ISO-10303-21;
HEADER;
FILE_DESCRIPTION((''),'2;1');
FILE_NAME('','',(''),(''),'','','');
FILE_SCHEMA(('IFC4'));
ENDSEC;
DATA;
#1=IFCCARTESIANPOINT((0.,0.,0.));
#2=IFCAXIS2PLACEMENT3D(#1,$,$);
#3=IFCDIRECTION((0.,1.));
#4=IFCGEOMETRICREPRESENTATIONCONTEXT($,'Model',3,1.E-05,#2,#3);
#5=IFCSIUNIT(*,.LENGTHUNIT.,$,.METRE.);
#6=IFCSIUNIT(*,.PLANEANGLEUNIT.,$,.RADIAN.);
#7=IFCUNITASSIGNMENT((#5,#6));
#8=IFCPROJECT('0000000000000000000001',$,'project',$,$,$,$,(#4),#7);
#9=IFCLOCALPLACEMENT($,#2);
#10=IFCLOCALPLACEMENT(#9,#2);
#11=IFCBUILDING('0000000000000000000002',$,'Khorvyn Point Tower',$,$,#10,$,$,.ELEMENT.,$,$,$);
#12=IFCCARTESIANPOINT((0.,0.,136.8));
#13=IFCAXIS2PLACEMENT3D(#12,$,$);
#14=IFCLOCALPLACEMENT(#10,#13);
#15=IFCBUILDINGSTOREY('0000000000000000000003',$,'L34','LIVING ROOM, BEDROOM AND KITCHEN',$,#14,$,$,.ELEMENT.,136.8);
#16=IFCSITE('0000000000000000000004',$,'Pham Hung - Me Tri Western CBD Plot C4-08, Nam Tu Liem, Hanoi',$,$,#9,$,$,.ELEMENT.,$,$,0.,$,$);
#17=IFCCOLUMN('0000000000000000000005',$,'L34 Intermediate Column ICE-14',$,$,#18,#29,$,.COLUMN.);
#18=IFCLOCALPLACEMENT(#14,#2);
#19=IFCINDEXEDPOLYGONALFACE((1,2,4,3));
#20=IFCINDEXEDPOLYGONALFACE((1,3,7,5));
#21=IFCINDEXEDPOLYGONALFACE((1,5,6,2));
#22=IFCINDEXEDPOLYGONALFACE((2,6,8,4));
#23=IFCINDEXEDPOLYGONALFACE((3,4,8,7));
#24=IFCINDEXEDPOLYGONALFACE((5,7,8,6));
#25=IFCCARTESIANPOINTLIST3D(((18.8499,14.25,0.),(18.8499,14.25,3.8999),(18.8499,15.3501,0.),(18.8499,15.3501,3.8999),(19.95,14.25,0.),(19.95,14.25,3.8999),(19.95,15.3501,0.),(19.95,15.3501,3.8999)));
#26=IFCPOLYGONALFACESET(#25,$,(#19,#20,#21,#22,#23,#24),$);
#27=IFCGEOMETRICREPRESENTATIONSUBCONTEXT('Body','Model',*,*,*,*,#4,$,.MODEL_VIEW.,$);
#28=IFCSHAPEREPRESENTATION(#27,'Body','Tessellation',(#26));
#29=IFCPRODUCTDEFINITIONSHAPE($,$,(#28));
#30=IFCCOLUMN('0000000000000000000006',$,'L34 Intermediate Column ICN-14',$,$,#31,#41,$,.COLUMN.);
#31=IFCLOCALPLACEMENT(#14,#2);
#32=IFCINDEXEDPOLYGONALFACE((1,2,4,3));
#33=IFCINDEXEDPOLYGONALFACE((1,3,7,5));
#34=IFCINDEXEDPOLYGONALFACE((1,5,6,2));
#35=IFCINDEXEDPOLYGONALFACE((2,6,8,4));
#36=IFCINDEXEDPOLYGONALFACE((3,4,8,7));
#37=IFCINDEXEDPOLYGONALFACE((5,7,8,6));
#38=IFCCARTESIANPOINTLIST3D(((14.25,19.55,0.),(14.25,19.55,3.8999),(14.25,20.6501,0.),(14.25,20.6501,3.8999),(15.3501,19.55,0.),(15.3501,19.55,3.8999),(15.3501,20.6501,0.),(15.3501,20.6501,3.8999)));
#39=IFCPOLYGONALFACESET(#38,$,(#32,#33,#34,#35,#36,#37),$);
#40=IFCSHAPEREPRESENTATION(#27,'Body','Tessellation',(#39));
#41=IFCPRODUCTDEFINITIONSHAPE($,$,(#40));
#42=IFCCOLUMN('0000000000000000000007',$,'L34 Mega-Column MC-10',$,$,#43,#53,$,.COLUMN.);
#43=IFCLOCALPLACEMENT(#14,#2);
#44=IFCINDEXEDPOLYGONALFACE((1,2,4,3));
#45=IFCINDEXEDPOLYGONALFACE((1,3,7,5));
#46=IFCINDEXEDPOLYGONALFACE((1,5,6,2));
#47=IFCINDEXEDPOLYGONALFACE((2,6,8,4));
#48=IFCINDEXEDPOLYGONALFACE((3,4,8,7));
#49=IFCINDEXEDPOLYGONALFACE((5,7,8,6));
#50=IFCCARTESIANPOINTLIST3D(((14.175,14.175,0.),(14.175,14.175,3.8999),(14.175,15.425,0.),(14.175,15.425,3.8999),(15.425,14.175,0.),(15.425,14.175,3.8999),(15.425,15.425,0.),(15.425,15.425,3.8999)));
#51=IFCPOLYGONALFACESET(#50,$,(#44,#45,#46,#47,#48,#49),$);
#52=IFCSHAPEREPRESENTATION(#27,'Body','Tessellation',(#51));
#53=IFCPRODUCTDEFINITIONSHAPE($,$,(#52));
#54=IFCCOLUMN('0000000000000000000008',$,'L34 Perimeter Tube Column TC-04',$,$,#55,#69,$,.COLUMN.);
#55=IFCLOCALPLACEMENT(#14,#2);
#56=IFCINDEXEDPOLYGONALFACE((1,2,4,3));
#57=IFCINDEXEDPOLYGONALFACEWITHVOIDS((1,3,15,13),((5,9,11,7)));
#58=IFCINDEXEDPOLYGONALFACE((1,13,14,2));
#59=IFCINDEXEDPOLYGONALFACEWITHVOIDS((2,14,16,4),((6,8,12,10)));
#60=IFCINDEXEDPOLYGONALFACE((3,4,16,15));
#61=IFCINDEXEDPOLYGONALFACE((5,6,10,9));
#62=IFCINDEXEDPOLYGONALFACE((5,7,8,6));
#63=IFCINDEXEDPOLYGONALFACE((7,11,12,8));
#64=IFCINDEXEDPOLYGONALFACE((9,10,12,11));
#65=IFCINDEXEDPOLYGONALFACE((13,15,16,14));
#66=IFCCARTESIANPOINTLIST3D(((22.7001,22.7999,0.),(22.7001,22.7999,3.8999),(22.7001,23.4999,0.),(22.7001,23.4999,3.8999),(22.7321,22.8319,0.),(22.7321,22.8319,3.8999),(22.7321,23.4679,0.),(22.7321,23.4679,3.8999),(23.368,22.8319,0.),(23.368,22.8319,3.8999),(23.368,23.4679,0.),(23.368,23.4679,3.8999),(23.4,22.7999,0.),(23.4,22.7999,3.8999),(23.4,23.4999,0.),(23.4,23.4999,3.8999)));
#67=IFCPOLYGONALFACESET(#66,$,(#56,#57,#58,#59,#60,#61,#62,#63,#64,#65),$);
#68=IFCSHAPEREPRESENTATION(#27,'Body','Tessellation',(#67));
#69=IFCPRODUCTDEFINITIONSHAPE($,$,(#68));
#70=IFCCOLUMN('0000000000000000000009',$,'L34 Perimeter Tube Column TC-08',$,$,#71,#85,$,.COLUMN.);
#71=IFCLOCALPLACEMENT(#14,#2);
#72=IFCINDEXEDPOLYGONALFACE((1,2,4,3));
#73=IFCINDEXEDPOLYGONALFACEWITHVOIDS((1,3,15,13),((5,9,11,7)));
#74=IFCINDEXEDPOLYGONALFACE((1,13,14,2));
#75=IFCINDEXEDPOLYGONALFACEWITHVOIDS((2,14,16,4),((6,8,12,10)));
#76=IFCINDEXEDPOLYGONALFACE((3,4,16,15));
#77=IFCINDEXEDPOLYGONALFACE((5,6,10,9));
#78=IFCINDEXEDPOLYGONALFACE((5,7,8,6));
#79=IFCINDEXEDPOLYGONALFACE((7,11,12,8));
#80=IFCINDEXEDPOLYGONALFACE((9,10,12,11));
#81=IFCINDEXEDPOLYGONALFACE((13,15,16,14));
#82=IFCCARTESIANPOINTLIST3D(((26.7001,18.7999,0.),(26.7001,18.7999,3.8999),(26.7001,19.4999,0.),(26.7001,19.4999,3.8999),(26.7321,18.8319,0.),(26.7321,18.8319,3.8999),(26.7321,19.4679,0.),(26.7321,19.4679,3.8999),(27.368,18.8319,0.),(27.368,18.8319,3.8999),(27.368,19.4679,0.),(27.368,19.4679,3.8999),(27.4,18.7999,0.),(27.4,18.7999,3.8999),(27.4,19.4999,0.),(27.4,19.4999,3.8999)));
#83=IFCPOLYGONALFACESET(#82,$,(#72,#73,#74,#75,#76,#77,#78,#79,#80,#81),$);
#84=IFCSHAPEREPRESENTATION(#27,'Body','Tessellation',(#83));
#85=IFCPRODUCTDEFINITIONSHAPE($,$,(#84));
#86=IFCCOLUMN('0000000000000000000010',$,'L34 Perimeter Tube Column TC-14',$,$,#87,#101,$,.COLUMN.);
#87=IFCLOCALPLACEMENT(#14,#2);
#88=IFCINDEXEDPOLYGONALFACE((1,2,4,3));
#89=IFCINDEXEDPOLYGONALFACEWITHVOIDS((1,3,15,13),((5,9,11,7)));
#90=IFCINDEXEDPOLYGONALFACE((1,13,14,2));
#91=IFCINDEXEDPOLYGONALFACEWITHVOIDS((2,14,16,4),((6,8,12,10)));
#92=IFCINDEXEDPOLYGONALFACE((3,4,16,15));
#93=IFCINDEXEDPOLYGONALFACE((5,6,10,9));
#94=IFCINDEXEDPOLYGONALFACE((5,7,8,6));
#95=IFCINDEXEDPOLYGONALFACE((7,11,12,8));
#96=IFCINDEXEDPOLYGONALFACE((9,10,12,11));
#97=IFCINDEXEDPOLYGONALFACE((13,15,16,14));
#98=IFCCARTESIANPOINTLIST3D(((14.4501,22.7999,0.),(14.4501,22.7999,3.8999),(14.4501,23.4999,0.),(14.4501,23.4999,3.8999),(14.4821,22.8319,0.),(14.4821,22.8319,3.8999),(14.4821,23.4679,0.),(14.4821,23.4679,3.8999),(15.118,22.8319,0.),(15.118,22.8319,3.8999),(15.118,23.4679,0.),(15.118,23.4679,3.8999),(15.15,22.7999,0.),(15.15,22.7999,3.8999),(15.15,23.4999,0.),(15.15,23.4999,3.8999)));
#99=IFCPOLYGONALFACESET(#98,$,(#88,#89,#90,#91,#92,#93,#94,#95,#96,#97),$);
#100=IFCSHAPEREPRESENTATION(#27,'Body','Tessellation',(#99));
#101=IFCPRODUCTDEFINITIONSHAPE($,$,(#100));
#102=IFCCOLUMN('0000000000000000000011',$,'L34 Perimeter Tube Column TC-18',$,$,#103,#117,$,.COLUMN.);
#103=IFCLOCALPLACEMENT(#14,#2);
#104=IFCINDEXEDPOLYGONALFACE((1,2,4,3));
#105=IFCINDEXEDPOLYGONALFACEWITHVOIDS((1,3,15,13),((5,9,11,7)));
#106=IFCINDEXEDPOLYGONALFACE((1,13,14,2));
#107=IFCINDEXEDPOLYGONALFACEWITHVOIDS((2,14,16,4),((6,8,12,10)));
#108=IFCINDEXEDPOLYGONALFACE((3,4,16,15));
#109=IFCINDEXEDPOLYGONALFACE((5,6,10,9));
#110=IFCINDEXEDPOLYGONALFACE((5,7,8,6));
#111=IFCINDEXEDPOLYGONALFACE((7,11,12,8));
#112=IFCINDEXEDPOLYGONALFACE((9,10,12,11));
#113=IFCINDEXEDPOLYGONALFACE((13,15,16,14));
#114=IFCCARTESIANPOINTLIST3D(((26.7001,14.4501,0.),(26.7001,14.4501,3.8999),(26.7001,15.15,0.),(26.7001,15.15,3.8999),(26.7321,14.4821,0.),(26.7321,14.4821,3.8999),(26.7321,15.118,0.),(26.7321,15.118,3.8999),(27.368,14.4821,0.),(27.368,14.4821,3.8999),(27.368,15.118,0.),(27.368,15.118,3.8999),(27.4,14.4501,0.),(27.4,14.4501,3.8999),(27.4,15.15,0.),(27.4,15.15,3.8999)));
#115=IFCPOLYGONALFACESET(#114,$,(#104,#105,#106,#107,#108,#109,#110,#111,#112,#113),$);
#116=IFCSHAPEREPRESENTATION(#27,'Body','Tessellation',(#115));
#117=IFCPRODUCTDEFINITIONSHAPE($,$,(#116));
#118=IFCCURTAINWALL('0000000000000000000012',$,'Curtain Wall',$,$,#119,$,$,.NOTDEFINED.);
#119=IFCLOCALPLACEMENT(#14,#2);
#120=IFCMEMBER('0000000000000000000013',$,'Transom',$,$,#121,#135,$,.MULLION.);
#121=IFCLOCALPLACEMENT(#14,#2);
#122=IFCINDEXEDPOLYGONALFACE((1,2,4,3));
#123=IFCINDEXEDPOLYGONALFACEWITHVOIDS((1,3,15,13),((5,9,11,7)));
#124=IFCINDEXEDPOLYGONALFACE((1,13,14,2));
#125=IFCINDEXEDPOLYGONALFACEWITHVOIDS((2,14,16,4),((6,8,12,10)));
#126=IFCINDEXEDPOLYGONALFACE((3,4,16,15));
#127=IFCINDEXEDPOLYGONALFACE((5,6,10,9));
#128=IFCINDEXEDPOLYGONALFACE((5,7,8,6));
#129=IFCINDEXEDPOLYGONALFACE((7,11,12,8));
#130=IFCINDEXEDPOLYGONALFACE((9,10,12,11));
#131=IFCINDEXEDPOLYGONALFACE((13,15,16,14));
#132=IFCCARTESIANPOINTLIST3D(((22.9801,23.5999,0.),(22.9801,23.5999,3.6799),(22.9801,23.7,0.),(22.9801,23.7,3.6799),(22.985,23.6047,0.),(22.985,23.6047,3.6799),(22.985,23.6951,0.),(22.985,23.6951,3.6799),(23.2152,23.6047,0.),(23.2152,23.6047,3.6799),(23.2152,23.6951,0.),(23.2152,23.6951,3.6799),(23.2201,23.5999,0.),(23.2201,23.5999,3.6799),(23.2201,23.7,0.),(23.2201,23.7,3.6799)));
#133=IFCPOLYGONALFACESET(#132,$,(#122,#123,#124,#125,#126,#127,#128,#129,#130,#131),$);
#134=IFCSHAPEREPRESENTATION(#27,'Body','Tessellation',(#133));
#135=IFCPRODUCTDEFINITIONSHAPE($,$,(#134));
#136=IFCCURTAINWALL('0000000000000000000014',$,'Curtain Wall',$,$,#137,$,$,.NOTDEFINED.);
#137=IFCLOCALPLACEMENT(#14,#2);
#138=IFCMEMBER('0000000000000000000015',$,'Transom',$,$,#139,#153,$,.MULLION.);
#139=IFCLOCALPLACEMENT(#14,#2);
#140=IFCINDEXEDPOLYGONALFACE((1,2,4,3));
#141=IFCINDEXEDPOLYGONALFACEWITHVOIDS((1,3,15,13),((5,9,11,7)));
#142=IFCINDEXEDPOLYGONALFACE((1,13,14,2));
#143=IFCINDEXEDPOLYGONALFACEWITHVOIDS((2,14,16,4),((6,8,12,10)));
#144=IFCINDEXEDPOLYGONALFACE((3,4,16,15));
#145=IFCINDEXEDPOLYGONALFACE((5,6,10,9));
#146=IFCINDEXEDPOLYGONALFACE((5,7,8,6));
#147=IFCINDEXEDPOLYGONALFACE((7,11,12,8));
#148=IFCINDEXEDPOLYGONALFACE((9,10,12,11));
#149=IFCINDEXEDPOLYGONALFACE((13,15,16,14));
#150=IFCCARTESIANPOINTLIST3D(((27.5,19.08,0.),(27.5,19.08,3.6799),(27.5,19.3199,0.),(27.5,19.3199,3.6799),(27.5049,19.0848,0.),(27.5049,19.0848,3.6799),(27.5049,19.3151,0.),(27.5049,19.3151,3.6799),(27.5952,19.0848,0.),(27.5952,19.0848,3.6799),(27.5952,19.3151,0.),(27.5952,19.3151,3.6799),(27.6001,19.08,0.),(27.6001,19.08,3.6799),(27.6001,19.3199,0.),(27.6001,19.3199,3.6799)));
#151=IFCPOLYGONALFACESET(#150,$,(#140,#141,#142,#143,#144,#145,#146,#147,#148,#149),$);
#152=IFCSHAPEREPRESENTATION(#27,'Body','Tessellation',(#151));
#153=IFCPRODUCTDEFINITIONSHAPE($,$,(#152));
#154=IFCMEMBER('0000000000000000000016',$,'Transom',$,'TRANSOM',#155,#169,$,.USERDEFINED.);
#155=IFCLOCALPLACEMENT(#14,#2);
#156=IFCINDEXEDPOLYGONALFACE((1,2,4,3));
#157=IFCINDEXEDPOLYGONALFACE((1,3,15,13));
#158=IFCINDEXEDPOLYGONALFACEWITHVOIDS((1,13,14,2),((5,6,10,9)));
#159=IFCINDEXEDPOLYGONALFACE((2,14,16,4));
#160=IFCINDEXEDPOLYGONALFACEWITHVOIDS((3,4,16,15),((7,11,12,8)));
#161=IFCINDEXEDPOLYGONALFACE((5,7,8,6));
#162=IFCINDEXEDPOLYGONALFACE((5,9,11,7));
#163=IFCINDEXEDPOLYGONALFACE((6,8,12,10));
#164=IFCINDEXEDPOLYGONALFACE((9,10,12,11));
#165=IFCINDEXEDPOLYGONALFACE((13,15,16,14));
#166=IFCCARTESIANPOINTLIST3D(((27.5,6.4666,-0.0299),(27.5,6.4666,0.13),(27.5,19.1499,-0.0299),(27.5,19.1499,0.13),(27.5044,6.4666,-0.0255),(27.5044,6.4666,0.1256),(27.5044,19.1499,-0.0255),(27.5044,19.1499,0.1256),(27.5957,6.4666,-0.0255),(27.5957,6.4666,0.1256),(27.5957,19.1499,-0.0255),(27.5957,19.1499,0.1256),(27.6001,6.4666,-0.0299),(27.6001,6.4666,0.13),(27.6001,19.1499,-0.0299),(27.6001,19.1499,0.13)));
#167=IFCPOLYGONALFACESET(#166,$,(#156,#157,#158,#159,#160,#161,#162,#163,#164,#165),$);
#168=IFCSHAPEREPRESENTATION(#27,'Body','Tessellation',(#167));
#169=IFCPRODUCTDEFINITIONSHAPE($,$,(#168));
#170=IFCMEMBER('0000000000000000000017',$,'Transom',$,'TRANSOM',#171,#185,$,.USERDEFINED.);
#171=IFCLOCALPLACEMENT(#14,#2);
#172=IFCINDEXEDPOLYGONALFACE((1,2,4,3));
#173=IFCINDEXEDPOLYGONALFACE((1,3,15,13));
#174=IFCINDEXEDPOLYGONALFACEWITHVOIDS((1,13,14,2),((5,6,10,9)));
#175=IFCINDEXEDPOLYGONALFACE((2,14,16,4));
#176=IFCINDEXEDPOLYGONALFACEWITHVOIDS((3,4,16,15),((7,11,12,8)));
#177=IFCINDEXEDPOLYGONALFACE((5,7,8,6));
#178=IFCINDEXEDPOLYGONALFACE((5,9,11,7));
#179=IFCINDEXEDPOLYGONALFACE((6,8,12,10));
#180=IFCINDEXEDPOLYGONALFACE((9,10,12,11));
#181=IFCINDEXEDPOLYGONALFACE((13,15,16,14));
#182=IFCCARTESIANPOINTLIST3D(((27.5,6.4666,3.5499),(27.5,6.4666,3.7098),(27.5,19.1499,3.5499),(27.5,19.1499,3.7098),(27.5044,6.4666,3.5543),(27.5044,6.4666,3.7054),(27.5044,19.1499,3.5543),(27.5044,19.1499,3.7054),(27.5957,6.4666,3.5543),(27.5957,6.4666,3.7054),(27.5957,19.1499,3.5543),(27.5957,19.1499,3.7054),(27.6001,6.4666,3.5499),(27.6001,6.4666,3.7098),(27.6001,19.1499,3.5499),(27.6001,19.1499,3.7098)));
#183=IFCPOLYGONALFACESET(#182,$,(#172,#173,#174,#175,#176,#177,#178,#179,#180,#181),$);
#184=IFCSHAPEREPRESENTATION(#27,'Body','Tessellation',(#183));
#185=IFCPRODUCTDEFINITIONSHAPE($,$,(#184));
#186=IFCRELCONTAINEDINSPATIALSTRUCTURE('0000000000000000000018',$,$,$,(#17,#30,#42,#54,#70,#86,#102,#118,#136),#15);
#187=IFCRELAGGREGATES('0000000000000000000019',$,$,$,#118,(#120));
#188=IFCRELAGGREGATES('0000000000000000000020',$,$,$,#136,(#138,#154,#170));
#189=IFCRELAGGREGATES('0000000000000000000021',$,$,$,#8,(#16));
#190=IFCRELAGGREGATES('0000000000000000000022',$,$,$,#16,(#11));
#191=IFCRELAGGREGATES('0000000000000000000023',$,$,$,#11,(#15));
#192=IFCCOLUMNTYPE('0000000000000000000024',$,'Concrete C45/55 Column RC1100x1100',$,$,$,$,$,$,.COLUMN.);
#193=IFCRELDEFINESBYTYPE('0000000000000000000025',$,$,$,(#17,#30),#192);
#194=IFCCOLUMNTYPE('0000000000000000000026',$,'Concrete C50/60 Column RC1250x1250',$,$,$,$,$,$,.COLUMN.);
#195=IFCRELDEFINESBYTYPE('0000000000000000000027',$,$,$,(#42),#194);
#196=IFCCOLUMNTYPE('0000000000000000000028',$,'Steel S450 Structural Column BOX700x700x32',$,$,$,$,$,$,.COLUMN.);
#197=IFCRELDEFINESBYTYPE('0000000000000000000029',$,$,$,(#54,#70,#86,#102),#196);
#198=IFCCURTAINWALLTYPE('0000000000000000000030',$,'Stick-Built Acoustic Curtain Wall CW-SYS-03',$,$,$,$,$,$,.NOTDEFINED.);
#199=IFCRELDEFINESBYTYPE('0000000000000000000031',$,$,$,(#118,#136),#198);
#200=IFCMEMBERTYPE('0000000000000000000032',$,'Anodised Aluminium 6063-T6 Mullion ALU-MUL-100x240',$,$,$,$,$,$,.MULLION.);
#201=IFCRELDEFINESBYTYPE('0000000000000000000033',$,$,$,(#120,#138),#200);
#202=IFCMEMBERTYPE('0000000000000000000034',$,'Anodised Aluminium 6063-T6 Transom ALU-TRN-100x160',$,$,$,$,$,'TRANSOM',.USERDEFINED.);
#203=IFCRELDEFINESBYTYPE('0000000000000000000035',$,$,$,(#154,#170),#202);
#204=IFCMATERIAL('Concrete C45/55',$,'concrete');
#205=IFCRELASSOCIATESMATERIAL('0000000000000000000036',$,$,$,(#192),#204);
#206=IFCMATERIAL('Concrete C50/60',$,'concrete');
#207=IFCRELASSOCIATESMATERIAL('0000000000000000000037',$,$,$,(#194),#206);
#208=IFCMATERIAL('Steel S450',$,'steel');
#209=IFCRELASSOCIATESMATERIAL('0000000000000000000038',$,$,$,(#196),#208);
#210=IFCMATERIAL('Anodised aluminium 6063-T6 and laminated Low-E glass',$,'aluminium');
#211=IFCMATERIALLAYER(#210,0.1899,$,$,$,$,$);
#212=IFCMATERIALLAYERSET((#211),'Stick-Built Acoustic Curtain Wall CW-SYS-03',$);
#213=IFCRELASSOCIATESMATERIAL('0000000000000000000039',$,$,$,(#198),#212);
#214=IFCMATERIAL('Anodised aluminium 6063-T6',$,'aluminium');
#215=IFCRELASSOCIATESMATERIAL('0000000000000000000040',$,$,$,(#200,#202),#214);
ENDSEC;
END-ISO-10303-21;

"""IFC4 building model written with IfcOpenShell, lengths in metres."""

from ifc_helpers import new_model, si_unit, direction, frame, origin, origin_2d, place, context, subcontext, project, spatial, rectangle, hollow_rectangle, extrude, material, layer, layer_set, material_profile, profile_set, type_object, element, aggregate, save


model = new_model("IFC4")

# Units and contexts
model_context = context("Model", 3, precision=1e-05, world=origin(), true_north=direction((0.0, 1.0)))
body_context = subcontext(model_context, "Body", "Model", "MODEL_VIEW")
ifc_project = project(units=[si_unit("LENGTHUNIT", "METRE"), si_unit("PLANEANGLEUNIT", "RADIAN")], contexts=[model_context])

# Site, building, storey
site_placement = place(None, origin())
site = spatial("IfcSite", under=ifc_project, at=site_placement, Name="Pham Hung - Me Tri Western CBD Plot C4-08, Nam Tu Liem, Hanoi", CompositionType="ELEMENT", RefElevation=0.0)
building_placement = place(site_placement, origin())
building = spatial("IfcBuilding", under=site, at=building_placement, Name="Khorvyn Point Tower", CompositionType="ELEMENT")
storey_placement = place(building_placement, frame((0.0, 0.0, 136.8)))
storey = spatial("IfcBuildingStorey", under=building, at=storey_placement, Name="L34", Description="LIVING ROOM, BEDROOM AND KITCHEN", CompositionType="ELEMENT", Elevation=136.8)

# Columns
ifc_material_1 = material(Name="Concrete C45/55", Category="concrete")
ifc_material_profile_1 = material_profile(ifc_material_1, rectangle(XDim=1.1001, YDim=1.1001, at=origin_2d()))
ifc_profile_set_1 = profile_set([ifc_material_profile_1], Name="Concrete C45/55 RC1100x1100")
column_type_1 = type_object("IfcColumnType", Name="Concrete C45/55 Column RC1100x1100", PredefinedType="COLUMN", material=ifc_profile_set_1)
for number, where, z_axis, x_axis, name in (
    (1, (19.3999, 14.8, 0.0), (0.0, 0.0, 1.0), (1.0, 0.0, 0.0), "L34 Intermediate Column ICE-14"),
    (2, (14.8, 20.1001, 0.0), (0.0, 0.0, 1.0), (1.0, 0.0, 0.0), "L34 Intermediate Column ICN-14"),
):
    element("IfcColumn", number, at=place(storey_placement, frame(where, z_axis=z_axis, x_axis=x_axis)), inside=storey, type_object=column_type_1, Name=name, PredefinedType="COLUMN", context=body_context, shape_type="SweptSolid", body=[
        extrude(rectangle(XDim=1.1001, YDim=1.1001, at=origin_2d()), origin(), (0.0, 0.0, 1.0), 3.8999),
    ])
ifc_material_2 = material(Name="Concrete C50/60", Category="concrete")
ifc_material_profile_2 = material_profile(ifc_material_2, rectangle(XDim=1.25, YDim=1.25, at=origin_2d()))
ifc_profile_set_2 = profile_set([ifc_material_profile_2], Name="Concrete C50/60 RC1250x1250")
column_type_2 = type_object("IfcColumnType", Name="Concrete C50/60 Column RC1250x1250", PredefinedType="COLUMN", material=ifc_profile_set_2)
column_placement = place(storey_placement, frame((14.8, 14.8, 0.0), z_axis=(0.0, 0.0, 1.0), x_axis=(1.0, 0.0, 0.0)))
element("IfcColumn", 3, at=column_placement, inside=storey, type_object=column_type_2, Name="L34 Mega-Column MC-10", PredefinedType="COLUMN", context=body_context, shape_type="SweptSolid", body=[
    extrude(rectangle(XDim=1.25, YDim=1.25, at=origin_2d()), origin(), (0.0, 0.0, 1.0), 3.8999),
])
ifc_material_3 = material(Name="Steel S450", Category="steel")
ifc_material_profile_3 = material_profile(ifc_material_3, hollow_rectangle(XDim=0.7, YDim=0.7, WallThickness=0.032, at=origin_2d()))
ifc_profile_set_3 = profile_set([ifc_material_profile_3], Name="Steel S450 BOX700x700x32")
column_type_3 = type_object("IfcColumnType", Name="Steel S450 Structural Column BOX700x700x32", PredefinedType="COLUMN", material=ifc_profile_set_3)
for number, where, z_axis, x_axis, name in (
    (4, (23.05, 23.1499, 0.0), (0.0, 0.0, 1.0), (1.0, 0.0, 0.0), "L34 Perimeter Tube Column TC-04"),
    (5, (27.05, 19.1499, 0.0), (0.0, 0.0, 1.0), (1.0, 0.0, 0.0), "L34 Perimeter Tube Column TC-08"),
    (6, (14.8, 23.1499, 0.0), (0.0, 0.0, 1.0), (1.0, 0.0, 0.0), "L34 Perimeter Tube Column TC-14"),
    (7, (27.05, 14.8, 0.0), (0.0, 0.0, 1.0), (1.0, 0.0, 0.0), "L34 Perimeter Tube Column TC-18"),
):
    element("IfcColumn", number, at=place(storey_placement, frame(where, z_axis=z_axis, x_axis=x_axis)), inside=storey, type_object=column_type_3, Name=name, PredefinedType="COLUMN", context=body_context, shape_type="SweptSolid", body=[
        extrude(hollow_rectangle(XDim=0.7, YDim=0.7, WallThickness=0.032, at=origin_2d()), origin(), (0.0, 0.0, 1.0), 3.8999),
    ])

# Curtain wall, member
ifc_material_4 = material(Name="Anodised aluminium 6063-T6 and laminated Low-E glass", Category="aluminium")
ifc_layer_1 = layer(ifc_material_4, 0.1899)
ifc_layer_set_1 = layer_set([ifc_layer_1], Name="Stick-Built Acoustic Curtain Wall CW-SYS-03")
curtain_wall_type = type_object("IfcCurtainWallType", Name="Stick-Built Acoustic Curtain Wall CW-SYS-03", PredefinedType="NOTDEFINED", material=ifc_layer_set_1)
curtain_wall_1_placement = place(storey_placement, origin())
curtain_wall_1 = element("IfcCurtainWall", 8, at=curtain_wall_1_placement, inside=storey, type_object=curtain_wall_type, Name="Curtain Wall", PredefinedType="NOTDEFINED")
ifc_material_5 = material(Name="Anodised aluminium 6063-T6", Category="aluminium")
ifc_material_profile_4 = material_profile(ifc_material_5, hollow_rectangle(XDim=0.1001, YDim=0.24, WallThickness=0.0049, at=origin_2d()))
ifc_profile_set_4 = profile_set([ifc_material_profile_4], Name="Anodised aluminium 6063-T6 ALU-MUL-100x240")
member_type_1 = type_object("IfcMemberType", Name="Anodised Aluminium 6063-T6 Mullion ALU-MUL-100x240", PredefinedType="MULLION", material=ifc_profile_set_4)
member_1_placement = place(storey_placement, frame((23.1001, 23.6499, 0.0), z_axis=(0.0, 0.0, 1.0), x_axis=(0.0, 1.0, 0.0)))
member_1 = element("IfcMember", 9, at=member_1_placement, type_object=member_type_1, Name="Transom", PredefinedType="MULLION", context=body_context, shape_type="SweptSolid", body=[
    extrude(hollow_rectangle(XDim=0.1001, YDim=0.24, WallThickness=0.0049, at=origin_2d()), origin(), (0.0, 0.0, 1.0), 3.6799),
])

# Curtain wall, members
curtain_wall_2_placement = place(storey_placement, origin())
curtain_wall_2 = element("IfcCurtainWall", 10, at=curtain_wall_2_placement, inside=storey, type_object=curtain_wall_type, Name="Curtain Wall", PredefinedType="NOTDEFINED")
member_2_placement = place(storey_placement, frame((27.55, 19.2, 0.0), z_axis=(0.0, 0.0, 1.0), x_axis=(1.0, 0.0, 0.0)))
member_2 = element("IfcMember", 11, at=member_2_placement, type_object=member_type_1, Name="Transom", PredefinedType="MULLION", context=body_context, shape_type="SweptSolid", body=[
    extrude(hollow_rectangle(XDim=0.1001, YDim=0.24, WallThickness=0.0049, at=origin_2d()), origin(), (0.0, 0.0, 1.0), 3.6799),
])
ifc_material_profile_5 = material_profile(ifc_material_5, hollow_rectangle(XDim=0.1001, YDim=0.1599, WallThickness=0.0044, at=origin_2d()))
ifc_profile_set_5 = profile_set([ifc_material_profile_5], Name="Anodised aluminium 6063-T6 ALU-TRN-100x160")
member_type_2 = type_object("IfcMemberType", Name="Anodised Aluminium 6063-T6 Transom ALU-TRN-100x160", ElementType="TRANSOM", PredefinedType="USERDEFINED", material=ifc_profile_set_5)
member_3_placement = place(storey_placement, frame((27.55, 19.1499, 0.05), z_axis=(0.0, -1.0, 0.0), x_axis=(1.0, 0.0, 0.0)))
member_3 = element("IfcMember", 12, at=member_3_placement, type_object=member_type_2, Name="Transom", ObjectType="TRANSOM", PredefinedType="USERDEFINED", context=body_context, shape_type="SweptSolid", body=[
    extrude(hollow_rectangle(XDim=0.1001, YDim=0.1599, WallThickness=0.0044, at=origin_2d()), origin(), (0.0, 0.0, 1.0), 12.6833),
])
member_4_placement = place(storey_placement, frame((27.55, 19.1499, 3.6299), z_axis=(0.0, -1.0, 0.0), x_axis=(1.0, 0.0, 0.0)))
member_4 = element("IfcMember", 13, at=member_4_placement, type_object=member_type_2, Name="Transom", ObjectType="TRANSOM", PredefinedType="USERDEFINED", context=body_context, shape_type="SweptSolid", body=[
    extrude(hollow_rectangle(XDim=0.1001, YDim=0.1599, WallThickness=0.0044, at=origin_2d()), origin(), (0.0, 0.0, 1.0), 12.6833),
])

aggregate(curtain_wall_1, [member_1])
aggregate(curtain_wall_2, [member_2, member_3, member_4])

save(model, "model.ifc")
